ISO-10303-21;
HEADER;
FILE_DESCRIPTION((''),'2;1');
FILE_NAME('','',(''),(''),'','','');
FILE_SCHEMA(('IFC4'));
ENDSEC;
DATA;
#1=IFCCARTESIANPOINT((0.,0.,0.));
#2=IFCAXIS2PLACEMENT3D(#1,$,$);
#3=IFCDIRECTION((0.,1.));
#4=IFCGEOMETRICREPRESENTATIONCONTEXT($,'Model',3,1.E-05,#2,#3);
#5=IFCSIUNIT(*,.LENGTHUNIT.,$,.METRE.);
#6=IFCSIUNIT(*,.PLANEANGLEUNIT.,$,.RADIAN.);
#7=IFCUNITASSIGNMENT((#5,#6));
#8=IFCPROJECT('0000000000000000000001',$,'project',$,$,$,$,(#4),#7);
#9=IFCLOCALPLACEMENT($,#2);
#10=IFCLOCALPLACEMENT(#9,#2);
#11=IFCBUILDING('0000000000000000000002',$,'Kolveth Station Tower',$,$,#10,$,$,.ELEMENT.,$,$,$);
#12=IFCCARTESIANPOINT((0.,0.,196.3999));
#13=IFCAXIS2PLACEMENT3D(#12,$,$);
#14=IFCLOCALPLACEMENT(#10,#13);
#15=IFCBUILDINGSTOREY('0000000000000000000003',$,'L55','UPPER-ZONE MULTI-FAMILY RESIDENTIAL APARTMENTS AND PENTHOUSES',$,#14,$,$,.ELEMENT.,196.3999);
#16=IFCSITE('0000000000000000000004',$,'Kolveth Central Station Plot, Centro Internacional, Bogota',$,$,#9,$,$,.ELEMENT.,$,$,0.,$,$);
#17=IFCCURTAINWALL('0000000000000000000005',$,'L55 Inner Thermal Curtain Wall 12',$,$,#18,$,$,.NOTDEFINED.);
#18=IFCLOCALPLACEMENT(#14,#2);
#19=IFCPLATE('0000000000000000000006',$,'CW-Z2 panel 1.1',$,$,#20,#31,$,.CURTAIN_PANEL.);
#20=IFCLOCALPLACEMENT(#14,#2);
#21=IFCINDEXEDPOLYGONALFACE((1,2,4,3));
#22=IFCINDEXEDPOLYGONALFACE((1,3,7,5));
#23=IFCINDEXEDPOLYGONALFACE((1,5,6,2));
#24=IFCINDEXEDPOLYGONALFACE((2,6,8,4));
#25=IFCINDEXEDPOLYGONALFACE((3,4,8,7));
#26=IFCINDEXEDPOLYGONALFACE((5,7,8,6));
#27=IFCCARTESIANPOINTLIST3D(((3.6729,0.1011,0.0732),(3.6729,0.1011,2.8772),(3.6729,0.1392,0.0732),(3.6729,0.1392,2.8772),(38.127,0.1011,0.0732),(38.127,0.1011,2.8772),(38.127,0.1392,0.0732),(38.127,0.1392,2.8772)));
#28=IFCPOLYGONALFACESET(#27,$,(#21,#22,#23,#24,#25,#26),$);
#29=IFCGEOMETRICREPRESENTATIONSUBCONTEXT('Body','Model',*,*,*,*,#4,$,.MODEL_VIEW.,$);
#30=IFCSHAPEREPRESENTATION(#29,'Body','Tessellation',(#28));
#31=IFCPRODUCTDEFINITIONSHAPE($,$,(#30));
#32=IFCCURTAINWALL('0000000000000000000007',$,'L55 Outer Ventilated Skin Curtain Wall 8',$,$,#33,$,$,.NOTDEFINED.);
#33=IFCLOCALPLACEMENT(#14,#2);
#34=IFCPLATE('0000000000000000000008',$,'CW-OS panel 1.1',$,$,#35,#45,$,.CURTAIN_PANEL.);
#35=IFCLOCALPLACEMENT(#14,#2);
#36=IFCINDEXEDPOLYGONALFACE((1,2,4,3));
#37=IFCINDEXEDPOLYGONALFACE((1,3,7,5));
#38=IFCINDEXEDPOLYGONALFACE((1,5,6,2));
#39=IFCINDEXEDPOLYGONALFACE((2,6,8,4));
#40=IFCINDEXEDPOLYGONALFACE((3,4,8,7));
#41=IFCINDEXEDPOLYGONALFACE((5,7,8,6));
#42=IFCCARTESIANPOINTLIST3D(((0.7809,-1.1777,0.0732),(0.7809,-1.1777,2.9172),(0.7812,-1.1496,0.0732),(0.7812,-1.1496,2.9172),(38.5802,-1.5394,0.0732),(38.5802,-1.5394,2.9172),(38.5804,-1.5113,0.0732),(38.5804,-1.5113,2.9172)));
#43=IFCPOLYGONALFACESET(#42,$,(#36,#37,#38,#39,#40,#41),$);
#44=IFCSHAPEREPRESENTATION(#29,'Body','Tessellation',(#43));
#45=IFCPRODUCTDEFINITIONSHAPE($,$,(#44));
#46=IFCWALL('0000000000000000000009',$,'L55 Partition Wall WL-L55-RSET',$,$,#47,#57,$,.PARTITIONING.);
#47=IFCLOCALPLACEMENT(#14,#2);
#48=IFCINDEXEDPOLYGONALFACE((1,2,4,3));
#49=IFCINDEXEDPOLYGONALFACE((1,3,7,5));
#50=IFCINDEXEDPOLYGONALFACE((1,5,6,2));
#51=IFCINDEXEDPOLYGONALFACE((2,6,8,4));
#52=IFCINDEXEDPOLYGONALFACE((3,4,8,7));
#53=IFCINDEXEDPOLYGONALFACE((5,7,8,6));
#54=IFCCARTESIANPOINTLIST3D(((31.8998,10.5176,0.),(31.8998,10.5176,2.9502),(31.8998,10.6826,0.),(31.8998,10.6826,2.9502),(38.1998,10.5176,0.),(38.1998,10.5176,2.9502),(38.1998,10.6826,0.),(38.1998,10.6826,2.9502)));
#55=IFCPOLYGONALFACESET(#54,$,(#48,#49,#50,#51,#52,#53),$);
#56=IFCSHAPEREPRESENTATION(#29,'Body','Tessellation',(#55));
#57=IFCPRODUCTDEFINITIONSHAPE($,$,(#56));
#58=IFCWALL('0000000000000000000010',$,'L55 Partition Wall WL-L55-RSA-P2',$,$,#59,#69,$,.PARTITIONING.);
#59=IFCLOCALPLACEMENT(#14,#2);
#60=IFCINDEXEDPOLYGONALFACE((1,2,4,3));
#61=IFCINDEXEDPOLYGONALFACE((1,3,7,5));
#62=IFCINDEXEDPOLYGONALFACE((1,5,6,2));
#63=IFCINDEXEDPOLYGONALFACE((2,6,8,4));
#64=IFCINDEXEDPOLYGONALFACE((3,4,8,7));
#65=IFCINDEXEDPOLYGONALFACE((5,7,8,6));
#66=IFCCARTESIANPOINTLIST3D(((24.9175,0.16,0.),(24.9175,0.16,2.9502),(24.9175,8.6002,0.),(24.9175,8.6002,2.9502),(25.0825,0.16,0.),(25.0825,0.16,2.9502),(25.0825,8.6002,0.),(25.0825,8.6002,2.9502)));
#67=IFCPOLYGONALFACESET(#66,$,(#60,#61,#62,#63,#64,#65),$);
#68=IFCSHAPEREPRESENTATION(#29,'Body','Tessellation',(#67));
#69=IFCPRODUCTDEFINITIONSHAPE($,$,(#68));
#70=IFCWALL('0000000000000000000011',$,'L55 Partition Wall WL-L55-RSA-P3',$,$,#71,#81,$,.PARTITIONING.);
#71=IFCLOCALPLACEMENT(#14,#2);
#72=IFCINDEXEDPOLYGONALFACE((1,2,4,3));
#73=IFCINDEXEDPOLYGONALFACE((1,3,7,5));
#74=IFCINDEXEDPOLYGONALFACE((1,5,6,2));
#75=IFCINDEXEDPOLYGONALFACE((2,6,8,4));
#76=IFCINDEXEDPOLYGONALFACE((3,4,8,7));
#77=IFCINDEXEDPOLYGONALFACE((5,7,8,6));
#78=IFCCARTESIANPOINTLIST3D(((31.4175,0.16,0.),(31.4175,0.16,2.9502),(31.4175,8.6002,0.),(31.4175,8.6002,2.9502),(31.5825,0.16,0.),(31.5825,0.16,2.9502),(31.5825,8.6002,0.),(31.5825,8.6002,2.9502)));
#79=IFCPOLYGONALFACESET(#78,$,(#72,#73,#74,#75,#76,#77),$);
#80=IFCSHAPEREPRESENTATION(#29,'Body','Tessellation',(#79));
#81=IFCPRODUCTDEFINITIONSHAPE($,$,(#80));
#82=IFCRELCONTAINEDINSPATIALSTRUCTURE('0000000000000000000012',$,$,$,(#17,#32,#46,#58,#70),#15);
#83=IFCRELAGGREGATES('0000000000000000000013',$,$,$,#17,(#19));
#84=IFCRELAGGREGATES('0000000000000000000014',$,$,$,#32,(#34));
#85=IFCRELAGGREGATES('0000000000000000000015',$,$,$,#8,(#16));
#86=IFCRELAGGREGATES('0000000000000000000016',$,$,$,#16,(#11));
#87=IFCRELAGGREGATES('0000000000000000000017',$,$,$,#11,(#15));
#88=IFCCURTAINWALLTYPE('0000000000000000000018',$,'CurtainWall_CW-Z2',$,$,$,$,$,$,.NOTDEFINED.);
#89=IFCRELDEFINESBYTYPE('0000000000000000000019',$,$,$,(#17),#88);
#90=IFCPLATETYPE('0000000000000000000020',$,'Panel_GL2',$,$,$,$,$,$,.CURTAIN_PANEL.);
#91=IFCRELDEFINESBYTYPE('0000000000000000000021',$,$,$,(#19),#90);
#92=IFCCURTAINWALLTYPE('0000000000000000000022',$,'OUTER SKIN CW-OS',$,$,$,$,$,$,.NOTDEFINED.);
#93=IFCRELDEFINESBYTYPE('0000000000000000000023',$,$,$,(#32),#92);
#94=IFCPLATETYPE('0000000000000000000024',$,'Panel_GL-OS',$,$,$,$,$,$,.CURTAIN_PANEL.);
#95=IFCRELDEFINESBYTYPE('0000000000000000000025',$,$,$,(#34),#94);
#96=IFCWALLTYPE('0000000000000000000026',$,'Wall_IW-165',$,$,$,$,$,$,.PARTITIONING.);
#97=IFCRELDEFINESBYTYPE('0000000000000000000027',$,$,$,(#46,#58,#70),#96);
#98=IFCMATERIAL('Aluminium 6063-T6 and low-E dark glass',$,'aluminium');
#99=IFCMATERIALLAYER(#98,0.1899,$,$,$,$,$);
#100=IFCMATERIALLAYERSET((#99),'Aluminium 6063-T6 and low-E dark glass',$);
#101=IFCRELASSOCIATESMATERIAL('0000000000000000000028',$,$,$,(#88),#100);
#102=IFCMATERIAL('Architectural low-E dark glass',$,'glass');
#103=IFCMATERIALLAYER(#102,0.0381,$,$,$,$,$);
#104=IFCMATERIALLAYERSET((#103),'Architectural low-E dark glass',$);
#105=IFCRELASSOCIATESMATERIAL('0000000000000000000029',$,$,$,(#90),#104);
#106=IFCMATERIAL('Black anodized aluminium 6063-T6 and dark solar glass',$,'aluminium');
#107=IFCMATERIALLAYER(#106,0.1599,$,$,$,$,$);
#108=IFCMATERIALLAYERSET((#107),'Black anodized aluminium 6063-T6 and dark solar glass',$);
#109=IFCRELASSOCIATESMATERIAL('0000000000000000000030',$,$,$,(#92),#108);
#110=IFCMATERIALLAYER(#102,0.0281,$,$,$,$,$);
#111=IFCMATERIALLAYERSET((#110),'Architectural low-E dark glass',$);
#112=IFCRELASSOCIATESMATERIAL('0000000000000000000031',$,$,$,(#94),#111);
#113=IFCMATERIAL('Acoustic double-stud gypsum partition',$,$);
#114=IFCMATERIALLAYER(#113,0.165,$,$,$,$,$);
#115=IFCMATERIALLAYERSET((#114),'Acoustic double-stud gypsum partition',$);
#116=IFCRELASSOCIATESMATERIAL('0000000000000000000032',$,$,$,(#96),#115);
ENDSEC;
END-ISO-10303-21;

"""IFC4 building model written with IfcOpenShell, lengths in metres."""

from ifc_helpers import new_model, si_unit, direction, frame, frame_2d, origin, origin_2d, place, context, subcontext, project, spatial, rectangle, extrude, source, transform, mapped, material, layer, layer_set, type_object, element, aggregate, save


model = new_model("IFC4")

# Units and contexts
model_context = context("Model", 3, precision=1e-05, world=origin(), true_north=direction((0.0, 1.0)))
body_context = subcontext(model_context, "Body", "Model", "MODEL_VIEW")
ifc_project = project(units=[si_unit("LENGTHUNIT", "METRE"), si_unit("PLANEANGLEUNIT", "RADIAN")], contexts=[model_context])

# Site, building, storey
site_placement = place(None, origin())
site = spatial("IfcSite", under=ifc_project, at=site_placement, Name="Kolveth Central Station Plot, Centro Internacional, Bogota", CompositionType="ELEMENT", RefElevation=0.0)
building_placement = place(site_placement, origin())
building = spatial("IfcBuilding", under=site, at=building_placement, Name="Kolveth Station Tower", CompositionType="ELEMENT")
storey_placement = place(building_placement, frame((0.0, 0.0, 196.3999)))
storey = spatial("IfcBuildingStorey", under=building, at=storey_placement, Name="L55", Description="UPPER-ZONE MULTI-FAMILY RESIDENTIAL APARTMENTS AND PENTHOUSES", CompositionType="ELEMENT", Elevation=196.3999)

# Curtain walls, plates
ifc_material_1 = material(Name="Aluminium 6063-T6 and low-E dark glass", Category="aluminium")
ifc_layer_1 = layer(ifc_material_1, 0.1899)
ifc_layer_set_1 = layer_set([ifc_layer_1], Name="Aluminium 6063-T6 and low-E dark glass")
curtain_wall_type_1 = type_object("IfcCurtainWallType", Name="CurtainWall_CW-Z2", PredefinedType="NOTDEFINED", material=ifc_layer_set_1)
curtain_wall_1_placement = place(storey_placement, origin())
curtain_wall_1 = element("IfcCurtainWall", 1, at=curtain_wall_1_placement, inside=storey, type_object=curtain_wall_type_1, Name="L55 Inner Thermal Curtain Wall 12", PredefinedType="NOTDEFINED")
ifc_material_2 = material(Name="Architectural low-E dark glass", Category="glass")
ifc_layer_2 = layer(ifc_material_2, 0.0381)
ifc_layer_set_2 = layer_set([ifc_layer_2], Name="Architectural low-E dark glass")
plate_type_1 = type_object("IfcPlateType", Name="Panel_GL2", PredefinedType="CURTAIN_PANEL", material=ifc_layer_set_2)
shared_shape_1 = source(origin(), body_context, "Body", "SweptSolid", [
    extrude(rectangle(XDim=34.4541, YDim=0.0381, at=origin_2d()), origin(), (0.0, 0.0, 1.0), 2.804),
])
plate_1_placement = place(storey_placement, frame((20.8999, 0.1201, 0.0732), z_axis=(0.0, 0.0, 1.0), x_axis=(1.0, 0.0, 0.0)))
plate_1 = element("IfcPlate", 2, at=plate_1_placement, type_object=plate_type_1, Name="CW-Z2 panel 1.1", PredefinedType="CURTAIN_PANEL", context=body_context, shape_type="MappedRepresentation", body=[
    mapped(shared_shape_1, transform((0.0, 0.0, 0.0), x_axis=(1.0, 0.0, 0.0), y_axis=(0.0, 1.0, 0.0), z_axis=(0.0, 0.0, 1.0), scale=1.0)),
])
aggregate(curtain_wall_1, [plate_1])
ifc_material_3 = material(Name="Black anodized aluminium 6063-T6 and dark solar glass", Category="aluminium")
ifc_layer_3 = layer(ifc_material_3, 0.1599)
ifc_layer_set_3 = layer_set([ifc_layer_3], Name="Black anodized aluminium 6063-T6 and dark solar glass")
curtain_wall_type_2 = type_object("IfcCurtainWallType", Name="OUTER SKIN CW-OS", PredefinedType="NOTDEFINED", material=ifc_layer_set_3)
curtain_wall_2_placement = place(storey_placement, origin())
curtain_wall_2 = element("IfcCurtainWall", 3, at=curtain_wall_2_placement, inside=storey, type_object=curtain_wall_type_2, Name="L55 Outer Ventilated Skin Curtain Wall 8", PredefinedType="NOTDEFINED")
ifc_layer_4 = layer(ifc_material_2, 0.0281)
ifc_layer_set_4 = layer_set([ifc_layer_4], Name="Architectural low-E dark glass")
plate_type_2 = type_object("IfcPlateType", Name="Panel_GL-OS", PredefinedType="CURTAIN_PANEL", material=ifc_layer_set_4)
shared_shape_2 = source(origin(), body_context, "Body", "SweptSolid", [
    extrude(rectangle(XDim=37.801, YDim=0.0281, at=origin_2d()), origin(), (0.0, 0.0, 1.0), 2.844),
])
plate_2_placement = place(storey_placement, frame((19.6807, -1.3445, 0.0732), z_axis=(0.0, 0.0, 1.0), x_axis=(0.999954, -0.009569, 0.0)))
plate_2 = element("IfcPlate", 4, at=plate_2_placement, type_object=plate_type_2, Name="CW-OS panel 1.1", PredefinedType="CURTAIN_PANEL", context=body_context, shape_type="MappedRepresentation", body=[
    mapped(shared_shape_2, transform((0.0, 0.0, 0.0), x_axis=(1.0, 0.0, 0.0), y_axis=(0.0, 1.0, 0.0), z_axis=(0.0, 0.0, 1.0), scale=1.0)),
])
aggregate(curtain_wall_2, [plate_2])

# Walls
ifc_material_4 = material(Name="Acoustic double-stud gypsum partition")
ifc_layer_5 = layer(ifc_material_4, 0.165)
ifc_layer_set_5 = layer_set([ifc_layer_5], Name="Acoustic double-stud gypsum partition")
wall_type = type_object("IfcWallType", Name="Wall_IW-165", PredefinedType="PARTITIONING", material=ifc_layer_set_5)
wall_placement = place(storey_placement, frame((31.8999, 10.6001, 0.0), z_axis=(0.0, 0.0, 1.0), x_axis=(1.0, 0.0, 0.0)))
element("IfcWall", 5, at=wall_placement, inside=storey, type_object=wall_type, Name="L55 Partition Wall WL-L55-RSET", PredefinedType="PARTITIONING", context=body_context, shape_type="SweptSolid", body=[
    extrude(rectangle(XDim=6.3, YDim=0.165, at=frame_2d((3.1499, 0.0))), origin(), (0.0, 0.0, 1.0), 2.9502),
])
for number, where, z_axis, x_axis, name in (
    (6, (25.0, 0.1599, 0.0), (0.0, 0.0, 1.0), (0.0, 1.0, 0.0), "L55 Partition Wall WL-L55-RSA-P2"),
    (7, (31.5, 0.1599, 0.0), (0.0, 0.0, 1.0), (0.0, 1.0, 0.0), "L55 Partition Wall WL-L55-RSA-P3"),
):
    element("IfcWall", number, at=place(storey_placement, frame(where, z_axis=z_axis, x_axis=x_axis)), inside=storey, type_object=wall_type, Name=name, PredefinedType="PARTITIONING", context=body_context, shape_type="SweptSolid", body=[
        extrude(rectangle(XDim=8.4402, YDim=0.165, at=frame_2d((4.2202, 0.0))), origin(), (0.0, 0.0, 1.0), 2.9502),
    ])

save(model, "model.ifc")
